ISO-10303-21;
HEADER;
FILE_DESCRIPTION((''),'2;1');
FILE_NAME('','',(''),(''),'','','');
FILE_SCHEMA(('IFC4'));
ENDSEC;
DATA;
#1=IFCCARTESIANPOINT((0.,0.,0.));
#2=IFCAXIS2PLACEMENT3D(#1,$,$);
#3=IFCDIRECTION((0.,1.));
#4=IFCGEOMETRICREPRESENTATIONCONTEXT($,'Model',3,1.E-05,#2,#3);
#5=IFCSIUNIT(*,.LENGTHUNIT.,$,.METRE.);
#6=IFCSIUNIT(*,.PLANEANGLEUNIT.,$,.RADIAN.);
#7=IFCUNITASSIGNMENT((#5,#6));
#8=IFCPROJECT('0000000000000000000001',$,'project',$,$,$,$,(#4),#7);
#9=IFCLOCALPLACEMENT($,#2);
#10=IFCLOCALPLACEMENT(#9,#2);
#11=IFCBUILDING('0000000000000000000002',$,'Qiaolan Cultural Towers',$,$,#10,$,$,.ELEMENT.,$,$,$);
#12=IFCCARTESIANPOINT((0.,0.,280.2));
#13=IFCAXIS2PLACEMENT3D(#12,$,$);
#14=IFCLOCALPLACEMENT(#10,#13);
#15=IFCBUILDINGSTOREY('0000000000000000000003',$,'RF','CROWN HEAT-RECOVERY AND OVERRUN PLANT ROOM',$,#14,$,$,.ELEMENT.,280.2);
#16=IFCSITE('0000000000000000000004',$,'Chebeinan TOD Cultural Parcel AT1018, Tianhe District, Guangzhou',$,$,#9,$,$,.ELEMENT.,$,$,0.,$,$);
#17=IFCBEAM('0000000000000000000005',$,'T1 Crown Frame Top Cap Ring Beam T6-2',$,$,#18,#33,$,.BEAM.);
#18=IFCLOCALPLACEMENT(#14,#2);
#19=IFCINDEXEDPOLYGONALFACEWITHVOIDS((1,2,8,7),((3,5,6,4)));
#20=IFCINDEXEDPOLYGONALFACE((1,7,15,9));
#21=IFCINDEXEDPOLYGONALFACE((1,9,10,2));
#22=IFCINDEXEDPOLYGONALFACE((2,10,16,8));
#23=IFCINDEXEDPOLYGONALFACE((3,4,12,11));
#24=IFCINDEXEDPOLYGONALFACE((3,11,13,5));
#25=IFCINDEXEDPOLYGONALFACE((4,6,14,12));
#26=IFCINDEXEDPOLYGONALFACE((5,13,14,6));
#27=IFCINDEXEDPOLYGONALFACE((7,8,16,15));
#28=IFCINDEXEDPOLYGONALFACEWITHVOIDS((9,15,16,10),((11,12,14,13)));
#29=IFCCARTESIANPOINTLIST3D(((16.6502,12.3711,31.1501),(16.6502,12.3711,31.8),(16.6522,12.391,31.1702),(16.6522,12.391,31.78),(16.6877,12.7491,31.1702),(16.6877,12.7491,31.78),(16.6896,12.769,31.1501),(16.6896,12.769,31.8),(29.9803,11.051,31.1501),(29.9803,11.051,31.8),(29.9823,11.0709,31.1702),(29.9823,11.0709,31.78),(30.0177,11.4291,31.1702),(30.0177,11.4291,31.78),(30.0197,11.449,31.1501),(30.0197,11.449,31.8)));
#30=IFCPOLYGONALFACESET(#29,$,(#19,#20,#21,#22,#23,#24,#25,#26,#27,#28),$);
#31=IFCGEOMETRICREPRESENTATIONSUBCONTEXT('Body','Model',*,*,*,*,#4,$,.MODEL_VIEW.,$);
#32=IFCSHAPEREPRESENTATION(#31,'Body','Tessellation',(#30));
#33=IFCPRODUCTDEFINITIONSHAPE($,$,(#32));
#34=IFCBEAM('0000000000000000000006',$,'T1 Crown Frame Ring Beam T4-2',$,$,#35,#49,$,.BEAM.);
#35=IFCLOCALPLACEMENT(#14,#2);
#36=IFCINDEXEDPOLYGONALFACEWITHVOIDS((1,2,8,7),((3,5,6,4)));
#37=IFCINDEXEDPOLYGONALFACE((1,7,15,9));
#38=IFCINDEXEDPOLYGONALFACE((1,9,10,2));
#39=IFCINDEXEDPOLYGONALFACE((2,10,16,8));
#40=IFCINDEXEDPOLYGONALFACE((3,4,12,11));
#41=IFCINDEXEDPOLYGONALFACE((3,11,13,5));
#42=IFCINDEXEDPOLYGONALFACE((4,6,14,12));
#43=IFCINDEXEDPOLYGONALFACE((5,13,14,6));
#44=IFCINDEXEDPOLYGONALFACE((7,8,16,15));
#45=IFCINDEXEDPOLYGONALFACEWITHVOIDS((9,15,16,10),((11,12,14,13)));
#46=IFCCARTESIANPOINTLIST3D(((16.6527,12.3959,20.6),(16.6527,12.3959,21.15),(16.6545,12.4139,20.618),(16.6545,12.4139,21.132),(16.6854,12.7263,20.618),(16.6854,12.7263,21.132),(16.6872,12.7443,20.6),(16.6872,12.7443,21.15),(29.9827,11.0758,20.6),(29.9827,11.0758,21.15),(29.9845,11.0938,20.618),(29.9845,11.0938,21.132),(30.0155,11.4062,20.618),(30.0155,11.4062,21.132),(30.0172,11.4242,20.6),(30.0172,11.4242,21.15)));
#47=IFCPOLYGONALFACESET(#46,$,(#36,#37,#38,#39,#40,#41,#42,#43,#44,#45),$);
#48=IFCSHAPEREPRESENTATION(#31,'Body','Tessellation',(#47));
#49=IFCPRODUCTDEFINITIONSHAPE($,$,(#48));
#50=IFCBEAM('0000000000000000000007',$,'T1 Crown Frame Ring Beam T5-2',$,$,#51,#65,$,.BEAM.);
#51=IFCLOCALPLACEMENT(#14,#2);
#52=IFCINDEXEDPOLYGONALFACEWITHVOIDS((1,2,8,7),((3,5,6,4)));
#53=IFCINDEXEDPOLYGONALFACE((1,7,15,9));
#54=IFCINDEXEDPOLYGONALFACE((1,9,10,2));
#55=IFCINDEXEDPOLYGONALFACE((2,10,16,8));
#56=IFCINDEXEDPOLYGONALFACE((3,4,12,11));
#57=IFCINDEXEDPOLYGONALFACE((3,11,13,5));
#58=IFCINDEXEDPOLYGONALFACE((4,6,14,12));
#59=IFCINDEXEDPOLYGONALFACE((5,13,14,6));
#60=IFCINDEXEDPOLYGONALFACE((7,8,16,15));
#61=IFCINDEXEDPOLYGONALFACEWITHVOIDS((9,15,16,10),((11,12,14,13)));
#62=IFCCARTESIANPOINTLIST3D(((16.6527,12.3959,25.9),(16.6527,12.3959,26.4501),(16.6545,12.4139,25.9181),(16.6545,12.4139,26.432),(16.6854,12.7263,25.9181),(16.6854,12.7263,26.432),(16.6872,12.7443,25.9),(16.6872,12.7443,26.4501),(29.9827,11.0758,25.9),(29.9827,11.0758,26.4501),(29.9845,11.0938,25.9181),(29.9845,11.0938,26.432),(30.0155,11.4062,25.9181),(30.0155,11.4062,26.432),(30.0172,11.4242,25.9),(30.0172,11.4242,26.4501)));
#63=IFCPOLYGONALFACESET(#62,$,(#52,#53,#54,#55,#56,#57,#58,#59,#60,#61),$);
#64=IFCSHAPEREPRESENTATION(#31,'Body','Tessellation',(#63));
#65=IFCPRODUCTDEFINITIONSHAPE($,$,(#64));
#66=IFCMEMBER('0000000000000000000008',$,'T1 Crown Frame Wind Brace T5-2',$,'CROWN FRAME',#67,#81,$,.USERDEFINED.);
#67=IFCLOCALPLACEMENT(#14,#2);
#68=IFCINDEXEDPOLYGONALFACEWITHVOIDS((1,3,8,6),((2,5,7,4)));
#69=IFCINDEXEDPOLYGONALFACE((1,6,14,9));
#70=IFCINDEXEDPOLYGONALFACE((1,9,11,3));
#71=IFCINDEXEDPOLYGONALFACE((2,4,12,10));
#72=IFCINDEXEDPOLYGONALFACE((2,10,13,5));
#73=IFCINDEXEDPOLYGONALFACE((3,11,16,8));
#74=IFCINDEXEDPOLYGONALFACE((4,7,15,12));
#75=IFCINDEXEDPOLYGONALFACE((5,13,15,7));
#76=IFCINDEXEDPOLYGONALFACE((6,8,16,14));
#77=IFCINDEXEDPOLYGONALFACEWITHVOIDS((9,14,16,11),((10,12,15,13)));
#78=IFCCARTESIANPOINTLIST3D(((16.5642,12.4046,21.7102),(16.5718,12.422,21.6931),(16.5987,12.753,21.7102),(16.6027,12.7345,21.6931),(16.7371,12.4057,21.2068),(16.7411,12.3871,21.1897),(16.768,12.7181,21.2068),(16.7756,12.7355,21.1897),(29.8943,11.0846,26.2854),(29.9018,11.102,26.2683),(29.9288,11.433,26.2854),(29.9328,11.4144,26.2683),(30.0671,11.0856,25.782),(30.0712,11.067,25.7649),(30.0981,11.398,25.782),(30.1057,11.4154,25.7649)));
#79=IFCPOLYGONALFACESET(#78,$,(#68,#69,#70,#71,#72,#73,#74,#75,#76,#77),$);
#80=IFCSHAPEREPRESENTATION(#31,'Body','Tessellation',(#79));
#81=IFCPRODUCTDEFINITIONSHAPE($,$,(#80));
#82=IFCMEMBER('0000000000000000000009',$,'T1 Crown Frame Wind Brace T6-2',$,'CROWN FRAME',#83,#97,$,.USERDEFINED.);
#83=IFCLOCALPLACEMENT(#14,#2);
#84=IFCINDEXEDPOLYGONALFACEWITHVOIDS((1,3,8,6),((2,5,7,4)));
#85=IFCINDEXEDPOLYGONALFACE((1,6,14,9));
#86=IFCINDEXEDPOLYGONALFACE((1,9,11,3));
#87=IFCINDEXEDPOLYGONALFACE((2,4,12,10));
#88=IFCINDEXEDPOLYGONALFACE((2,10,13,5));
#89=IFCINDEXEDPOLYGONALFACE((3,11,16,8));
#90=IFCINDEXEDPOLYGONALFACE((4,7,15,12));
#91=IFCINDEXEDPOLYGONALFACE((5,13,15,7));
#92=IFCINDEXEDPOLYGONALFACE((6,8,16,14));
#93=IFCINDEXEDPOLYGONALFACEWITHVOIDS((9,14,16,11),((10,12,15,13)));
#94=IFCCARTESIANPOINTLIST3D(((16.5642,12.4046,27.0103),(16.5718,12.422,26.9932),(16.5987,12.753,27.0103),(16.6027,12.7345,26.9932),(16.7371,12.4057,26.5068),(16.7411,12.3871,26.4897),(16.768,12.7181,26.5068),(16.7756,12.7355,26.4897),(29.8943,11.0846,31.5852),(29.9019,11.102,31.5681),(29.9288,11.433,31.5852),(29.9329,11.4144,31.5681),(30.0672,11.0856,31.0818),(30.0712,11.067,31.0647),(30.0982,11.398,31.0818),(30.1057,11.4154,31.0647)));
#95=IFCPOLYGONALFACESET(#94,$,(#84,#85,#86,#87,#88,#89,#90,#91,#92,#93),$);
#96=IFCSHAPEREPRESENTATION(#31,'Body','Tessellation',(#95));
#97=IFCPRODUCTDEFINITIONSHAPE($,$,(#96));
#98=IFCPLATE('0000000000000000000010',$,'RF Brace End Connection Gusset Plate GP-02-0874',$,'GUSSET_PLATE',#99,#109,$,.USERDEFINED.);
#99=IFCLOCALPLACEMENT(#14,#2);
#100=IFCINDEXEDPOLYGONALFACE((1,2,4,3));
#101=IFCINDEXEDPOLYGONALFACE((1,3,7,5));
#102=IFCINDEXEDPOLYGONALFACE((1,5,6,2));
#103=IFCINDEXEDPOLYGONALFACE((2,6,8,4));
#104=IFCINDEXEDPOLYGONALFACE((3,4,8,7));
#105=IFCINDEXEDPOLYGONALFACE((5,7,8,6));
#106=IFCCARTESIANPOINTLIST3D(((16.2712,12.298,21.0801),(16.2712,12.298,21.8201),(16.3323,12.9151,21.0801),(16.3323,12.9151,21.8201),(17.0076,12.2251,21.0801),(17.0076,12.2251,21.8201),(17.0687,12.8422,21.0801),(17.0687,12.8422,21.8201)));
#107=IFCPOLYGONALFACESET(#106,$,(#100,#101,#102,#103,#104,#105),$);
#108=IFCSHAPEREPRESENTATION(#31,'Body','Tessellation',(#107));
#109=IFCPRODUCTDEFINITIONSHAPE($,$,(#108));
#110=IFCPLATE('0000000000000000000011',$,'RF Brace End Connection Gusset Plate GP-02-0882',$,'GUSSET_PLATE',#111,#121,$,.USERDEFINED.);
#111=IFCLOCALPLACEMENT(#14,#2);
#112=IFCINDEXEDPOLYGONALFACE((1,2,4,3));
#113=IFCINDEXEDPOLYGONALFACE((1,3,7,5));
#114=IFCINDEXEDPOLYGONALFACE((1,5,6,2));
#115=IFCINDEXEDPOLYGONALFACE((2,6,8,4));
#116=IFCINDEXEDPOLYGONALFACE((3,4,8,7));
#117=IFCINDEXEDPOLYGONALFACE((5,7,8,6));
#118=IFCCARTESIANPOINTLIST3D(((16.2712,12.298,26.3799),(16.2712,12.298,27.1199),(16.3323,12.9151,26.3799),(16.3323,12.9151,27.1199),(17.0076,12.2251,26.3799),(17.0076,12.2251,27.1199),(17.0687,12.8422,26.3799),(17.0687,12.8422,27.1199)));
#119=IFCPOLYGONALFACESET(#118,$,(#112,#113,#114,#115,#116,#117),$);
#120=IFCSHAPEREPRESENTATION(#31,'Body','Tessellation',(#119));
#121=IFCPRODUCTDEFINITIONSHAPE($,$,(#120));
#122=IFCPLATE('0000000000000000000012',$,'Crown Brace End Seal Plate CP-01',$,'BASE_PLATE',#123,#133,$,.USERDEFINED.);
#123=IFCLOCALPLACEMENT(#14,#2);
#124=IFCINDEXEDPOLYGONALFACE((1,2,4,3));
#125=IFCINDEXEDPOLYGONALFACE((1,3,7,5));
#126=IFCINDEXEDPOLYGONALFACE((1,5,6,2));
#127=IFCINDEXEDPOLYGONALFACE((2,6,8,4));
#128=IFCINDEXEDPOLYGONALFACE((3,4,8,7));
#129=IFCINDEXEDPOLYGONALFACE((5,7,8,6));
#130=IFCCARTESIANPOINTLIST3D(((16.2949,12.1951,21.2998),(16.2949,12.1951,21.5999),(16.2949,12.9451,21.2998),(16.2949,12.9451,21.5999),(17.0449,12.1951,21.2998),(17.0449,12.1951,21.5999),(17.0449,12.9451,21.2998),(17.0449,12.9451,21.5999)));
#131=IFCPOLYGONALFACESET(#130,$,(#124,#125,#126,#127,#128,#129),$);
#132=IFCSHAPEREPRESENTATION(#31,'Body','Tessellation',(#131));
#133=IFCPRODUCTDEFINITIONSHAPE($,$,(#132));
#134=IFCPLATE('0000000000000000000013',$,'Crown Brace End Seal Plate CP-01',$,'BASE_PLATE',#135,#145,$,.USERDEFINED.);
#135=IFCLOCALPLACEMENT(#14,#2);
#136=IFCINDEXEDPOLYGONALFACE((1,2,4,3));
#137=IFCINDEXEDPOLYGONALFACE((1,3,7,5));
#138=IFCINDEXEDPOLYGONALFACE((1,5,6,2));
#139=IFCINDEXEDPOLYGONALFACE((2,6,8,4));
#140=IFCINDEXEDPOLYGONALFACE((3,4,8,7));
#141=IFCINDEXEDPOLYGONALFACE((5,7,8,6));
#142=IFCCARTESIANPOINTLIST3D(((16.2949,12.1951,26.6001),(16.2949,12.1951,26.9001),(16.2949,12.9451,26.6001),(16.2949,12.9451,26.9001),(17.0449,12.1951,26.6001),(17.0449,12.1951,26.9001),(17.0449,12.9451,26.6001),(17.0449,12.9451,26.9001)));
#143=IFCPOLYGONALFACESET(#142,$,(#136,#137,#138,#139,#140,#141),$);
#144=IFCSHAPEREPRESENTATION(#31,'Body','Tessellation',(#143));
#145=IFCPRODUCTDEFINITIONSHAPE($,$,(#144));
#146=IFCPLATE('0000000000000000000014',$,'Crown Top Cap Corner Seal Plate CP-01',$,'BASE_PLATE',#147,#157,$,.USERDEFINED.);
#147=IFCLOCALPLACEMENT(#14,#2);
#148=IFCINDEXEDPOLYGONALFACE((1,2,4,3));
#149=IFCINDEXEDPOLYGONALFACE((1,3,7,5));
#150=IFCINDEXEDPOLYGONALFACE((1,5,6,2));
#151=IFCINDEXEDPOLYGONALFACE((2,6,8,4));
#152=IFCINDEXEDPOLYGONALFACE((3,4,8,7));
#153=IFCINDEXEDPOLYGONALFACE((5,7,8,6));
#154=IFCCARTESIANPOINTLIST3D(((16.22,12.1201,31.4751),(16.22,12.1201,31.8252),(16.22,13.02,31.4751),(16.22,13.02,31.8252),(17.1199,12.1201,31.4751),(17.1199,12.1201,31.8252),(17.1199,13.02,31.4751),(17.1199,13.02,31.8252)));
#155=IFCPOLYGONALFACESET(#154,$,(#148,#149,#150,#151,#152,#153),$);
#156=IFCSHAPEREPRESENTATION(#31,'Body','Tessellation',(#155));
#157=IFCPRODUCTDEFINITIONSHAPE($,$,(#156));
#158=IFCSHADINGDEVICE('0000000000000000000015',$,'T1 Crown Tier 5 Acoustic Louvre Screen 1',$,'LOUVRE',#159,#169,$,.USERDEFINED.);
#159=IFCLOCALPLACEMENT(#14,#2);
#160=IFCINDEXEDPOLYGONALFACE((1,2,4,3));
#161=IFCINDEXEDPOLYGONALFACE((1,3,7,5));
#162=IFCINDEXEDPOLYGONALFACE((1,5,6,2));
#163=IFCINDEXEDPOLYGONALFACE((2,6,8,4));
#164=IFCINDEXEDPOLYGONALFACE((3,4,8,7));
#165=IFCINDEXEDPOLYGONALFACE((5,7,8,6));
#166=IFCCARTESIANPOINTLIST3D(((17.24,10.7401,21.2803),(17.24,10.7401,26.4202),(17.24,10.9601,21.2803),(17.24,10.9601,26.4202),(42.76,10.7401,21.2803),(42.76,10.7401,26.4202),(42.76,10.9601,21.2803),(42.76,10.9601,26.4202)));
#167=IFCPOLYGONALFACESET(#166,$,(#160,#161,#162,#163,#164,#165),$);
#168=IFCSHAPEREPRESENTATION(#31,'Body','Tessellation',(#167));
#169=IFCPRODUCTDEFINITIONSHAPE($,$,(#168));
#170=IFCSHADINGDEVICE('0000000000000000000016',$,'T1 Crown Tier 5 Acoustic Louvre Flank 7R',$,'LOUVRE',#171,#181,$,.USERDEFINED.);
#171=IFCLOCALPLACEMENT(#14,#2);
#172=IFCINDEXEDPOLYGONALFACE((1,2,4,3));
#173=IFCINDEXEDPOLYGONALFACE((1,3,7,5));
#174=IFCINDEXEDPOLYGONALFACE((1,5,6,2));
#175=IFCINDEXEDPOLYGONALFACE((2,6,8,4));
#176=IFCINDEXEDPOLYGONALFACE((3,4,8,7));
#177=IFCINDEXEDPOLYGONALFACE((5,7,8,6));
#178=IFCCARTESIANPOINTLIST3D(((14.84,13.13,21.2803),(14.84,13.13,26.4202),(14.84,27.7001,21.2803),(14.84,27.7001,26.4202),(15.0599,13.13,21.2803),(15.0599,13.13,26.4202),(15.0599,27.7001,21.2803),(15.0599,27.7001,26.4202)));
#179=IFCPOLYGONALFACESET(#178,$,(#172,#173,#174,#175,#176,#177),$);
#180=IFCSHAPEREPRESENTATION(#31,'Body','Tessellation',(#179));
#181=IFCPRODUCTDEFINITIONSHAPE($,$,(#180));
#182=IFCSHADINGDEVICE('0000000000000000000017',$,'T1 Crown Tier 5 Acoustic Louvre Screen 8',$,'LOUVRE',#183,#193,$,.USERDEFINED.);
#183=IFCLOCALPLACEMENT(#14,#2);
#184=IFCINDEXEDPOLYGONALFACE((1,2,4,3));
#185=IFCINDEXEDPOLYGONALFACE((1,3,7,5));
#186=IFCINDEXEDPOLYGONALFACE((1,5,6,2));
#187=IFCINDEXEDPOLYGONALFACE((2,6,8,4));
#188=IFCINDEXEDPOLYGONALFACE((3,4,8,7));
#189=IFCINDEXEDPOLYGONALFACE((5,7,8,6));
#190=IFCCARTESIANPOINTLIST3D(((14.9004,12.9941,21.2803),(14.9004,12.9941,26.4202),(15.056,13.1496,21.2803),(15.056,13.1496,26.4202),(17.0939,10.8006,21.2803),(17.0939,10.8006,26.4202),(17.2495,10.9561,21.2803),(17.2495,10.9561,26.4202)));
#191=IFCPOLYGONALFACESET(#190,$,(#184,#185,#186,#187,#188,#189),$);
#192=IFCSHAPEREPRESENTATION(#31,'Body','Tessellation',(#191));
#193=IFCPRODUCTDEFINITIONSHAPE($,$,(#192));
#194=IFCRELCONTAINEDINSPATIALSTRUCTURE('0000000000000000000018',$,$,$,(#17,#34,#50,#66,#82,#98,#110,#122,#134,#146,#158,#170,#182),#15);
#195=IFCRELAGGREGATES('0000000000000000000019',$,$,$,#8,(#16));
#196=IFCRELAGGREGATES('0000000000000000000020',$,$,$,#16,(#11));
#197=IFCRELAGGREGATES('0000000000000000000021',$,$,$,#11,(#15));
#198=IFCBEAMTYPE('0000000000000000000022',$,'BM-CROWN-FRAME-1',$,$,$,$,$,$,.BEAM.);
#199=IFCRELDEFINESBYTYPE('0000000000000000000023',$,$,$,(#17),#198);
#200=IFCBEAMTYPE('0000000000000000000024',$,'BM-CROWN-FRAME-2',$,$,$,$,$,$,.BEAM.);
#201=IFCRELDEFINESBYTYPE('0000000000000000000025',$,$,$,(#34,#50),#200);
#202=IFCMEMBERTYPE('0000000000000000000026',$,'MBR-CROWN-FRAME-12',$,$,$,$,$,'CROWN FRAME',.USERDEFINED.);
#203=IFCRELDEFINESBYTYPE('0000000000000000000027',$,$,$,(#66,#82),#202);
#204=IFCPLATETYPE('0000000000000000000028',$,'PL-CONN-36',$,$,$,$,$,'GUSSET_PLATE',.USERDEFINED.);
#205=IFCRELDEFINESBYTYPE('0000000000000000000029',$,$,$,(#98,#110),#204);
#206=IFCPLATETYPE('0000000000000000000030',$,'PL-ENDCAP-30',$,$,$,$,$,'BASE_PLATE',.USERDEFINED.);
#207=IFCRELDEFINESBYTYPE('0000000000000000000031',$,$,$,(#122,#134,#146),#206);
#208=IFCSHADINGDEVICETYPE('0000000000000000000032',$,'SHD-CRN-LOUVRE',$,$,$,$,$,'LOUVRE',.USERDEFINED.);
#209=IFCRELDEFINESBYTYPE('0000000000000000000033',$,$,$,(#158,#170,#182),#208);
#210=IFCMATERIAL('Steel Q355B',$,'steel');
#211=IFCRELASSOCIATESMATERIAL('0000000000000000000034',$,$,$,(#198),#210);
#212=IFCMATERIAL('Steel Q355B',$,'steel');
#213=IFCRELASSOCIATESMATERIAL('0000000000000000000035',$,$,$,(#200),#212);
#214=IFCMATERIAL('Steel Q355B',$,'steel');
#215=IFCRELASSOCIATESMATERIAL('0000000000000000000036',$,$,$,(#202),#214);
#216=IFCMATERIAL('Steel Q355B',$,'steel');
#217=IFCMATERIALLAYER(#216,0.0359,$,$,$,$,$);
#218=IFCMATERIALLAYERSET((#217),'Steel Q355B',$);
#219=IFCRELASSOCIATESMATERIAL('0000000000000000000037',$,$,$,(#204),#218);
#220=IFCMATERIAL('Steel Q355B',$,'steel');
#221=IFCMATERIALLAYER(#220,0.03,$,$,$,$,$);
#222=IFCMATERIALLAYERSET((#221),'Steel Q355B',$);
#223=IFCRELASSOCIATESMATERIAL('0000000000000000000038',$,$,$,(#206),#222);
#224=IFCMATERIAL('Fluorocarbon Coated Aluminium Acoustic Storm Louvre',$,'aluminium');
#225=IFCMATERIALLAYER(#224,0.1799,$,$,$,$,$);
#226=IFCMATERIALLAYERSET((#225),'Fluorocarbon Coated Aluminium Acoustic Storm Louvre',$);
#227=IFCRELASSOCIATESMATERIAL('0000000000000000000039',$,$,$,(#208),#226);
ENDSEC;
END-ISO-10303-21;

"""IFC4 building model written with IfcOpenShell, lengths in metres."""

from ifc_helpers import new_model, si_unit, direction, frame, origin, origin_2d, place, context, subcontext, project, spatial, rectangle, hollow_rectangle, extrude, material, layer, layer_set, material_profile, profile_set, type_object, element, save


model = new_model("IFC4")

# Units and contexts
model_context = context("Model", 3, precision=1e-05, world=origin(), true_north=direction((0.0, 1.0)))
body_context = subcontext(model_context, "Body", "Model", "MODEL_VIEW")
ifc_project = project(units=[si_unit("LENGTHUNIT", "METRE"), si_unit("PLANEANGLEUNIT", "RADIAN")], contexts=[model_context])

# Site, building, storey
site_placement = place(None, origin())
site = spatial("IfcSite", under=ifc_project, at=site_placement, Name="Chebeinan TOD Cultural Parcel AT1018, Tianhe District, Guangzhou", CompositionType="ELEMENT", RefElevation=0.0)
building_placement = place(site_placement, origin())
building = spatial("IfcBuilding", under=site, at=building_placement, Name="Qiaolan Cultural Towers", CompositionType="ELEMENT")
storey_placement = place(building_placement, frame((0.0, 0.0, 280.2)))
storey = spatial("IfcBuildingStorey", under=building, at=storey_placement, Name="RF", Description="CROWN HEAT-RECOVERY AND OVERRUN PLANT ROOM", CompositionType="ELEMENT", Elevation=280.2)

# Beams
ifc_material_1 = material(Name="Steel Q355B", Category="steel")
ifc_material_profile_1 = material_profile(ifc_material_1, hollow_rectangle(XDim=0.3999, YDim=0.6499, WallThickness=0.02, at=origin_2d()), Name="BOX650x400x20")
ifc_profile_set_1 = profile_set([ifc_material_profile_1], Name="Steel Q355B")
beam_type_1 = type_object("IfcBeamType", Name="BM-CROWN-FRAME-1", PredefinedType="BEAM", material=ifc_profile_set_1)
beam_placement = place(storey_placement, frame((16.6699, 12.5701, 31.4751), z_axis=(0.995132, -0.098547, 0.0), x_axis=(0.098547, 0.995132, 0.0)))
element("IfcBeam", 1, at=beam_placement, inside=storey, type_object=beam_type_1, Name="T1 Crown Frame Top Cap Ring Beam T6-2", PredefinedType="BEAM", context=body_context, shape_type="SweptSolid", body=[
    extrude(hollow_rectangle(XDim=0.3999, YDim=0.6499, WallThickness=0.02, at=origin_2d()), origin(), (0.0, 0.0, 1.0), 13.3953),
])
ifc_material_2 = material(Name="Steel Q355B", Category="steel")
ifc_material_profile_2 = material_profile(ifc_material_2, hollow_rectangle(XDim=0.3501, YDim=0.55, WallThickness=0.0181, at=origin_2d()), Name="BOX550x350x18")
ifc_profile_set_2 = profile_set([ifc_material_profile_2], Name="Steel Q355B")
beam_type_2 = type_object("IfcBeamType", Name="BM-CROWN-FRAME-2", PredefinedType="BEAM", material=ifc_profile_set_2)
for number, where, z_axis, x_axis, name in (
    (2, (16.6699, 12.5701, 20.875), (0.995132, -0.098547, 0.0), (0.098547, 0.995132, 0.0), "T1 Crown Frame Ring Beam T4-2"),
    (3, (16.6699, 12.5701, 26.175), (0.995132, -0.098547, 0.0), (0.098547, 0.995132, 0.0), "T1 Crown Frame Ring Beam T5-2"),
):
    element("IfcBeam", number, at=place(storey_placement, frame(where, z_axis=z_axis, x_axis=x_axis)), inside=storey, type_object=beam_type_2, Name=name, PredefinedType="BEAM", context=body_context, shape_type="SweptSolid", body=[
        extrude(hollow_rectangle(XDim=0.3501, YDim=0.55, WallThickness=0.0181, at=origin_2d()), origin(), (0.0, 0.0, 1.0), 13.3953),
    ])

# Members
ifc_material_3 = material(Name="Steel Q355B", Category="steel")
ifc_material_profile_3 = material_profile(ifc_material_3, hollow_rectangle(XDim=0.3501, YDim=0.55, WallThickness=0.0181, at=origin_2d()), Name="BOX550x350x18")
ifc_profile_set_3 = profile_set([ifc_material_profile_3], Name="Steel Q355B")
member_type = type_object("IfcMemberType", Name="MBR-CROWN-FRAME-12", ElementType="CROWN FRAME", PredefinedType="USERDEFINED", material=ifc_profile_set_3)
for number, where, z_axis, x_axis, name in (
    (4, (16.6699, 12.5701, 21.45), (0.941718, -0.093258, 0.32322), (0.098547, 0.995132, 0.0), "T1 Crown Frame Wind Brace T5-2"),
    (5, (16.6699, 12.5701, 26.75), (0.941723, -0.093258, 0.323204), (0.098547, 0.995132, 0.0), "T1 Crown Frame Wind Brace T6-2"),
):
    element("IfcMember", number, at=place(storey_placement, frame(where, z_axis=z_axis, x_axis=x_axis)), inside=storey, type_object=member_type, Name=name, ObjectType="CROWN FRAME", PredefinedType="USERDEFINED", context=body_context, shape_type="SweptSolid", body=[
        extrude(hollow_rectangle(XDim=0.3501, YDim=0.55, WallThickness=0.0181, at=origin_2d()), origin(), (0.0, 0.0, 1.0), 14.155),
    ])

# Plates
ifc_material_4 = material(Name="Steel Q355B", Category="steel")
ifc_layer_1 = layer(ifc_material_4, 0.0359)
ifc_layer_set_1 = layer_set([ifc_layer_1], Name="Steel Q355B")
plate_type_1 = type_object("IfcPlateType", Name="PL-CONN-36", ElementType="GUSSET_PLATE", PredefinedType="USERDEFINED", material=ifc_layer_set_1)
for number, where, z_axis, x_axis, name in (
    (6, (16.6699, 12.5701, 21.0801), (0.0, 0.0, 1.0), (-0.995133, 0.098543, 0.0), "RF Brace End Connection Gusset Plate GP-02-0874"),
    (7, (16.6699, 12.5701, 26.3799), (0.0, 0.0, 1.0), (-0.995133, 0.098543, 0.0), "RF Brace End Connection Gusset Plate GP-02-0882"),
):
    element("IfcPlate", number, at=place(storey_placement, frame(where, z_axis=z_axis, x_axis=x_axis)), inside=storey, type_object=plate_type_1, Name=name, ObjectType="GUSSET_PLATE", PredefinedType="USERDEFINED", context=body_context, shape_type="SweptSolid", body=[
        extrude(rectangle(XDim=0.74, YDim=0.6201, at=origin_2d()), origin(), (0.0, 0.0, 1.0), 0.74),
    ])
ifc_material_5 = material(Name="Steel Q355B", Category="steel")
ifc_layer_2 = layer(ifc_material_5, 0.03)
ifc_layer_set_2 = layer_set([ifc_layer_2], Name="Steel Q355B")
plate_type_2 = type_object("IfcPlateType", Name="PL-ENDCAP-30", ElementType="BASE_PLATE", PredefinedType="USERDEFINED", material=ifc_layer_set_2)
for number, where, z_axis, x_axis, name in (
    (8, (16.6699, 12.5701, 21.2998), (0.0, 0.0, 1.0), (1.0, 0.0, 0.0), "Crown Brace End Seal Plate CP-01"),
    (9, (16.6699, 12.5701, 26.6001), (0.0, 0.0, 1.0), (1.0, 0.0, 0.0), "Crown Brace End Seal Plate CP-01"),
):
    element("IfcPlate", number, at=place(storey_placement, frame(where, z_axis=z_axis, x_axis=x_axis)), inside=storey, type_object=plate_type_2, Name=name, ObjectType="BASE_PLATE", PredefinedType="USERDEFINED", context=body_context, shape_type="SweptSolid", body=[
        extrude(rectangle(XDim=0.75, YDim=0.75, at=origin_2d()), origin(), (0.0, 0.0, 1.0), 0.3),
    ])
plate_placement = place(storey_placement, frame((16.6699, 12.5701, 31.4751), z_axis=(0.0, 0.0, 1.0), x_axis=(1.0, 0.0, 0.0)))
element("IfcPlate", 10, at=plate_placement, inside=storey, type_object=plate_type_2, Name="Crown Top Cap Corner Seal Plate CP-01", ObjectType="BASE_PLATE", PredefinedType="USERDEFINED", context=body_context, shape_type="SweptSolid", body=[
    extrude(rectangle(XDim=0.8999, YDim=0.8999, at=origin_2d()), origin(), (0.0, 0.0, 1.0), 0.3501),
])

# Shading devices
ifc_material_6 = material(Name="Fluorocarbon Coated Aluminium Acoustic Storm Louvre", Category="aluminium")
ifc_layer_3 = layer(ifc_material_6, 0.1799)
ifc_layer_set_3 = layer_set([ifc_layer_3], Name="Fluorocarbon Coated Aluminium Acoustic Storm Louvre")
shading_device_type = type_object("IfcShadingDeviceType", Name="SHD-CRN-LOUVRE", ElementType="LOUVRE", PredefinedType="USERDEFINED", material=ifc_layer_set_3)
shading_device_1_placement = place(storey_placement, frame((30.0, 10.8501, 21.2803), z_axis=(0.0, 0.0, 1.0), x_axis=(1.0, 0.0, 0.0)))
element("IfcShadingDevice", 11, at=shading_device_1_placement, inside=storey, type_object=shading_device_type, Name="T1 Crown Tier 5 Acoustic Louvre Screen 1", ObjectType="LOUVRE", PredefinedType="USERDEFINED", context=body_context, shape_type="SweptSolid", body=[
    extrude(rectangle(XDim=25.52, YDim=0.22, at=origin_2d()), origin(), (0.0, 0.0, 1.0), 5.1399),
])
shading_device_2_placement = place(storey_placement, frame((14.95, 20.415, 21.2803), z_axis=(0.0, 0.0, 1.0), x_axis=(0.0, -1.0, 0.0)))
element("IfcShadingDevice", 12, at=shading_device_2_placement, inside=storey, type_object=shading_device_type, Name="T1 Crown Tier 5 Acoustic Louvre Flank 7R", ObjectType="LOUVRE", PredefinedType="USERDEFINED", context=body_context, shape_type="SweptSolid", body=[
    extrude(rectangle(XDim=14.5701, YDim=0.22, at=origin_2d()), origin(), (0.0, 0.0, 1.0), 5.1399),
])
shading_device_3_placement = place(storey_placement, frame((16.075, 11.9751, 21.2803), z_axis=(0.0, 0.0, 1.0), x_axis=(0.707107, -0.707107, 0.0)))
element("IfcShadingDevice", 13, at=shading_device_3_placement, inside=storey, type_object=shading_device_type, Name="T1 Crown Tier 5 Acoustic Louvre Screen 8", ObjectType="LOUVRE", PredefinedType="USERDEFINED", context=body_context, shape_type="SweptSolid", body=[
    extrude(rectangle(XDim=3.1021, YDim=0.22, at=origin_2d()), origin(), (0.0, 0.0, 1.0), 5.1399),
])

save(model, "model.ifc")
